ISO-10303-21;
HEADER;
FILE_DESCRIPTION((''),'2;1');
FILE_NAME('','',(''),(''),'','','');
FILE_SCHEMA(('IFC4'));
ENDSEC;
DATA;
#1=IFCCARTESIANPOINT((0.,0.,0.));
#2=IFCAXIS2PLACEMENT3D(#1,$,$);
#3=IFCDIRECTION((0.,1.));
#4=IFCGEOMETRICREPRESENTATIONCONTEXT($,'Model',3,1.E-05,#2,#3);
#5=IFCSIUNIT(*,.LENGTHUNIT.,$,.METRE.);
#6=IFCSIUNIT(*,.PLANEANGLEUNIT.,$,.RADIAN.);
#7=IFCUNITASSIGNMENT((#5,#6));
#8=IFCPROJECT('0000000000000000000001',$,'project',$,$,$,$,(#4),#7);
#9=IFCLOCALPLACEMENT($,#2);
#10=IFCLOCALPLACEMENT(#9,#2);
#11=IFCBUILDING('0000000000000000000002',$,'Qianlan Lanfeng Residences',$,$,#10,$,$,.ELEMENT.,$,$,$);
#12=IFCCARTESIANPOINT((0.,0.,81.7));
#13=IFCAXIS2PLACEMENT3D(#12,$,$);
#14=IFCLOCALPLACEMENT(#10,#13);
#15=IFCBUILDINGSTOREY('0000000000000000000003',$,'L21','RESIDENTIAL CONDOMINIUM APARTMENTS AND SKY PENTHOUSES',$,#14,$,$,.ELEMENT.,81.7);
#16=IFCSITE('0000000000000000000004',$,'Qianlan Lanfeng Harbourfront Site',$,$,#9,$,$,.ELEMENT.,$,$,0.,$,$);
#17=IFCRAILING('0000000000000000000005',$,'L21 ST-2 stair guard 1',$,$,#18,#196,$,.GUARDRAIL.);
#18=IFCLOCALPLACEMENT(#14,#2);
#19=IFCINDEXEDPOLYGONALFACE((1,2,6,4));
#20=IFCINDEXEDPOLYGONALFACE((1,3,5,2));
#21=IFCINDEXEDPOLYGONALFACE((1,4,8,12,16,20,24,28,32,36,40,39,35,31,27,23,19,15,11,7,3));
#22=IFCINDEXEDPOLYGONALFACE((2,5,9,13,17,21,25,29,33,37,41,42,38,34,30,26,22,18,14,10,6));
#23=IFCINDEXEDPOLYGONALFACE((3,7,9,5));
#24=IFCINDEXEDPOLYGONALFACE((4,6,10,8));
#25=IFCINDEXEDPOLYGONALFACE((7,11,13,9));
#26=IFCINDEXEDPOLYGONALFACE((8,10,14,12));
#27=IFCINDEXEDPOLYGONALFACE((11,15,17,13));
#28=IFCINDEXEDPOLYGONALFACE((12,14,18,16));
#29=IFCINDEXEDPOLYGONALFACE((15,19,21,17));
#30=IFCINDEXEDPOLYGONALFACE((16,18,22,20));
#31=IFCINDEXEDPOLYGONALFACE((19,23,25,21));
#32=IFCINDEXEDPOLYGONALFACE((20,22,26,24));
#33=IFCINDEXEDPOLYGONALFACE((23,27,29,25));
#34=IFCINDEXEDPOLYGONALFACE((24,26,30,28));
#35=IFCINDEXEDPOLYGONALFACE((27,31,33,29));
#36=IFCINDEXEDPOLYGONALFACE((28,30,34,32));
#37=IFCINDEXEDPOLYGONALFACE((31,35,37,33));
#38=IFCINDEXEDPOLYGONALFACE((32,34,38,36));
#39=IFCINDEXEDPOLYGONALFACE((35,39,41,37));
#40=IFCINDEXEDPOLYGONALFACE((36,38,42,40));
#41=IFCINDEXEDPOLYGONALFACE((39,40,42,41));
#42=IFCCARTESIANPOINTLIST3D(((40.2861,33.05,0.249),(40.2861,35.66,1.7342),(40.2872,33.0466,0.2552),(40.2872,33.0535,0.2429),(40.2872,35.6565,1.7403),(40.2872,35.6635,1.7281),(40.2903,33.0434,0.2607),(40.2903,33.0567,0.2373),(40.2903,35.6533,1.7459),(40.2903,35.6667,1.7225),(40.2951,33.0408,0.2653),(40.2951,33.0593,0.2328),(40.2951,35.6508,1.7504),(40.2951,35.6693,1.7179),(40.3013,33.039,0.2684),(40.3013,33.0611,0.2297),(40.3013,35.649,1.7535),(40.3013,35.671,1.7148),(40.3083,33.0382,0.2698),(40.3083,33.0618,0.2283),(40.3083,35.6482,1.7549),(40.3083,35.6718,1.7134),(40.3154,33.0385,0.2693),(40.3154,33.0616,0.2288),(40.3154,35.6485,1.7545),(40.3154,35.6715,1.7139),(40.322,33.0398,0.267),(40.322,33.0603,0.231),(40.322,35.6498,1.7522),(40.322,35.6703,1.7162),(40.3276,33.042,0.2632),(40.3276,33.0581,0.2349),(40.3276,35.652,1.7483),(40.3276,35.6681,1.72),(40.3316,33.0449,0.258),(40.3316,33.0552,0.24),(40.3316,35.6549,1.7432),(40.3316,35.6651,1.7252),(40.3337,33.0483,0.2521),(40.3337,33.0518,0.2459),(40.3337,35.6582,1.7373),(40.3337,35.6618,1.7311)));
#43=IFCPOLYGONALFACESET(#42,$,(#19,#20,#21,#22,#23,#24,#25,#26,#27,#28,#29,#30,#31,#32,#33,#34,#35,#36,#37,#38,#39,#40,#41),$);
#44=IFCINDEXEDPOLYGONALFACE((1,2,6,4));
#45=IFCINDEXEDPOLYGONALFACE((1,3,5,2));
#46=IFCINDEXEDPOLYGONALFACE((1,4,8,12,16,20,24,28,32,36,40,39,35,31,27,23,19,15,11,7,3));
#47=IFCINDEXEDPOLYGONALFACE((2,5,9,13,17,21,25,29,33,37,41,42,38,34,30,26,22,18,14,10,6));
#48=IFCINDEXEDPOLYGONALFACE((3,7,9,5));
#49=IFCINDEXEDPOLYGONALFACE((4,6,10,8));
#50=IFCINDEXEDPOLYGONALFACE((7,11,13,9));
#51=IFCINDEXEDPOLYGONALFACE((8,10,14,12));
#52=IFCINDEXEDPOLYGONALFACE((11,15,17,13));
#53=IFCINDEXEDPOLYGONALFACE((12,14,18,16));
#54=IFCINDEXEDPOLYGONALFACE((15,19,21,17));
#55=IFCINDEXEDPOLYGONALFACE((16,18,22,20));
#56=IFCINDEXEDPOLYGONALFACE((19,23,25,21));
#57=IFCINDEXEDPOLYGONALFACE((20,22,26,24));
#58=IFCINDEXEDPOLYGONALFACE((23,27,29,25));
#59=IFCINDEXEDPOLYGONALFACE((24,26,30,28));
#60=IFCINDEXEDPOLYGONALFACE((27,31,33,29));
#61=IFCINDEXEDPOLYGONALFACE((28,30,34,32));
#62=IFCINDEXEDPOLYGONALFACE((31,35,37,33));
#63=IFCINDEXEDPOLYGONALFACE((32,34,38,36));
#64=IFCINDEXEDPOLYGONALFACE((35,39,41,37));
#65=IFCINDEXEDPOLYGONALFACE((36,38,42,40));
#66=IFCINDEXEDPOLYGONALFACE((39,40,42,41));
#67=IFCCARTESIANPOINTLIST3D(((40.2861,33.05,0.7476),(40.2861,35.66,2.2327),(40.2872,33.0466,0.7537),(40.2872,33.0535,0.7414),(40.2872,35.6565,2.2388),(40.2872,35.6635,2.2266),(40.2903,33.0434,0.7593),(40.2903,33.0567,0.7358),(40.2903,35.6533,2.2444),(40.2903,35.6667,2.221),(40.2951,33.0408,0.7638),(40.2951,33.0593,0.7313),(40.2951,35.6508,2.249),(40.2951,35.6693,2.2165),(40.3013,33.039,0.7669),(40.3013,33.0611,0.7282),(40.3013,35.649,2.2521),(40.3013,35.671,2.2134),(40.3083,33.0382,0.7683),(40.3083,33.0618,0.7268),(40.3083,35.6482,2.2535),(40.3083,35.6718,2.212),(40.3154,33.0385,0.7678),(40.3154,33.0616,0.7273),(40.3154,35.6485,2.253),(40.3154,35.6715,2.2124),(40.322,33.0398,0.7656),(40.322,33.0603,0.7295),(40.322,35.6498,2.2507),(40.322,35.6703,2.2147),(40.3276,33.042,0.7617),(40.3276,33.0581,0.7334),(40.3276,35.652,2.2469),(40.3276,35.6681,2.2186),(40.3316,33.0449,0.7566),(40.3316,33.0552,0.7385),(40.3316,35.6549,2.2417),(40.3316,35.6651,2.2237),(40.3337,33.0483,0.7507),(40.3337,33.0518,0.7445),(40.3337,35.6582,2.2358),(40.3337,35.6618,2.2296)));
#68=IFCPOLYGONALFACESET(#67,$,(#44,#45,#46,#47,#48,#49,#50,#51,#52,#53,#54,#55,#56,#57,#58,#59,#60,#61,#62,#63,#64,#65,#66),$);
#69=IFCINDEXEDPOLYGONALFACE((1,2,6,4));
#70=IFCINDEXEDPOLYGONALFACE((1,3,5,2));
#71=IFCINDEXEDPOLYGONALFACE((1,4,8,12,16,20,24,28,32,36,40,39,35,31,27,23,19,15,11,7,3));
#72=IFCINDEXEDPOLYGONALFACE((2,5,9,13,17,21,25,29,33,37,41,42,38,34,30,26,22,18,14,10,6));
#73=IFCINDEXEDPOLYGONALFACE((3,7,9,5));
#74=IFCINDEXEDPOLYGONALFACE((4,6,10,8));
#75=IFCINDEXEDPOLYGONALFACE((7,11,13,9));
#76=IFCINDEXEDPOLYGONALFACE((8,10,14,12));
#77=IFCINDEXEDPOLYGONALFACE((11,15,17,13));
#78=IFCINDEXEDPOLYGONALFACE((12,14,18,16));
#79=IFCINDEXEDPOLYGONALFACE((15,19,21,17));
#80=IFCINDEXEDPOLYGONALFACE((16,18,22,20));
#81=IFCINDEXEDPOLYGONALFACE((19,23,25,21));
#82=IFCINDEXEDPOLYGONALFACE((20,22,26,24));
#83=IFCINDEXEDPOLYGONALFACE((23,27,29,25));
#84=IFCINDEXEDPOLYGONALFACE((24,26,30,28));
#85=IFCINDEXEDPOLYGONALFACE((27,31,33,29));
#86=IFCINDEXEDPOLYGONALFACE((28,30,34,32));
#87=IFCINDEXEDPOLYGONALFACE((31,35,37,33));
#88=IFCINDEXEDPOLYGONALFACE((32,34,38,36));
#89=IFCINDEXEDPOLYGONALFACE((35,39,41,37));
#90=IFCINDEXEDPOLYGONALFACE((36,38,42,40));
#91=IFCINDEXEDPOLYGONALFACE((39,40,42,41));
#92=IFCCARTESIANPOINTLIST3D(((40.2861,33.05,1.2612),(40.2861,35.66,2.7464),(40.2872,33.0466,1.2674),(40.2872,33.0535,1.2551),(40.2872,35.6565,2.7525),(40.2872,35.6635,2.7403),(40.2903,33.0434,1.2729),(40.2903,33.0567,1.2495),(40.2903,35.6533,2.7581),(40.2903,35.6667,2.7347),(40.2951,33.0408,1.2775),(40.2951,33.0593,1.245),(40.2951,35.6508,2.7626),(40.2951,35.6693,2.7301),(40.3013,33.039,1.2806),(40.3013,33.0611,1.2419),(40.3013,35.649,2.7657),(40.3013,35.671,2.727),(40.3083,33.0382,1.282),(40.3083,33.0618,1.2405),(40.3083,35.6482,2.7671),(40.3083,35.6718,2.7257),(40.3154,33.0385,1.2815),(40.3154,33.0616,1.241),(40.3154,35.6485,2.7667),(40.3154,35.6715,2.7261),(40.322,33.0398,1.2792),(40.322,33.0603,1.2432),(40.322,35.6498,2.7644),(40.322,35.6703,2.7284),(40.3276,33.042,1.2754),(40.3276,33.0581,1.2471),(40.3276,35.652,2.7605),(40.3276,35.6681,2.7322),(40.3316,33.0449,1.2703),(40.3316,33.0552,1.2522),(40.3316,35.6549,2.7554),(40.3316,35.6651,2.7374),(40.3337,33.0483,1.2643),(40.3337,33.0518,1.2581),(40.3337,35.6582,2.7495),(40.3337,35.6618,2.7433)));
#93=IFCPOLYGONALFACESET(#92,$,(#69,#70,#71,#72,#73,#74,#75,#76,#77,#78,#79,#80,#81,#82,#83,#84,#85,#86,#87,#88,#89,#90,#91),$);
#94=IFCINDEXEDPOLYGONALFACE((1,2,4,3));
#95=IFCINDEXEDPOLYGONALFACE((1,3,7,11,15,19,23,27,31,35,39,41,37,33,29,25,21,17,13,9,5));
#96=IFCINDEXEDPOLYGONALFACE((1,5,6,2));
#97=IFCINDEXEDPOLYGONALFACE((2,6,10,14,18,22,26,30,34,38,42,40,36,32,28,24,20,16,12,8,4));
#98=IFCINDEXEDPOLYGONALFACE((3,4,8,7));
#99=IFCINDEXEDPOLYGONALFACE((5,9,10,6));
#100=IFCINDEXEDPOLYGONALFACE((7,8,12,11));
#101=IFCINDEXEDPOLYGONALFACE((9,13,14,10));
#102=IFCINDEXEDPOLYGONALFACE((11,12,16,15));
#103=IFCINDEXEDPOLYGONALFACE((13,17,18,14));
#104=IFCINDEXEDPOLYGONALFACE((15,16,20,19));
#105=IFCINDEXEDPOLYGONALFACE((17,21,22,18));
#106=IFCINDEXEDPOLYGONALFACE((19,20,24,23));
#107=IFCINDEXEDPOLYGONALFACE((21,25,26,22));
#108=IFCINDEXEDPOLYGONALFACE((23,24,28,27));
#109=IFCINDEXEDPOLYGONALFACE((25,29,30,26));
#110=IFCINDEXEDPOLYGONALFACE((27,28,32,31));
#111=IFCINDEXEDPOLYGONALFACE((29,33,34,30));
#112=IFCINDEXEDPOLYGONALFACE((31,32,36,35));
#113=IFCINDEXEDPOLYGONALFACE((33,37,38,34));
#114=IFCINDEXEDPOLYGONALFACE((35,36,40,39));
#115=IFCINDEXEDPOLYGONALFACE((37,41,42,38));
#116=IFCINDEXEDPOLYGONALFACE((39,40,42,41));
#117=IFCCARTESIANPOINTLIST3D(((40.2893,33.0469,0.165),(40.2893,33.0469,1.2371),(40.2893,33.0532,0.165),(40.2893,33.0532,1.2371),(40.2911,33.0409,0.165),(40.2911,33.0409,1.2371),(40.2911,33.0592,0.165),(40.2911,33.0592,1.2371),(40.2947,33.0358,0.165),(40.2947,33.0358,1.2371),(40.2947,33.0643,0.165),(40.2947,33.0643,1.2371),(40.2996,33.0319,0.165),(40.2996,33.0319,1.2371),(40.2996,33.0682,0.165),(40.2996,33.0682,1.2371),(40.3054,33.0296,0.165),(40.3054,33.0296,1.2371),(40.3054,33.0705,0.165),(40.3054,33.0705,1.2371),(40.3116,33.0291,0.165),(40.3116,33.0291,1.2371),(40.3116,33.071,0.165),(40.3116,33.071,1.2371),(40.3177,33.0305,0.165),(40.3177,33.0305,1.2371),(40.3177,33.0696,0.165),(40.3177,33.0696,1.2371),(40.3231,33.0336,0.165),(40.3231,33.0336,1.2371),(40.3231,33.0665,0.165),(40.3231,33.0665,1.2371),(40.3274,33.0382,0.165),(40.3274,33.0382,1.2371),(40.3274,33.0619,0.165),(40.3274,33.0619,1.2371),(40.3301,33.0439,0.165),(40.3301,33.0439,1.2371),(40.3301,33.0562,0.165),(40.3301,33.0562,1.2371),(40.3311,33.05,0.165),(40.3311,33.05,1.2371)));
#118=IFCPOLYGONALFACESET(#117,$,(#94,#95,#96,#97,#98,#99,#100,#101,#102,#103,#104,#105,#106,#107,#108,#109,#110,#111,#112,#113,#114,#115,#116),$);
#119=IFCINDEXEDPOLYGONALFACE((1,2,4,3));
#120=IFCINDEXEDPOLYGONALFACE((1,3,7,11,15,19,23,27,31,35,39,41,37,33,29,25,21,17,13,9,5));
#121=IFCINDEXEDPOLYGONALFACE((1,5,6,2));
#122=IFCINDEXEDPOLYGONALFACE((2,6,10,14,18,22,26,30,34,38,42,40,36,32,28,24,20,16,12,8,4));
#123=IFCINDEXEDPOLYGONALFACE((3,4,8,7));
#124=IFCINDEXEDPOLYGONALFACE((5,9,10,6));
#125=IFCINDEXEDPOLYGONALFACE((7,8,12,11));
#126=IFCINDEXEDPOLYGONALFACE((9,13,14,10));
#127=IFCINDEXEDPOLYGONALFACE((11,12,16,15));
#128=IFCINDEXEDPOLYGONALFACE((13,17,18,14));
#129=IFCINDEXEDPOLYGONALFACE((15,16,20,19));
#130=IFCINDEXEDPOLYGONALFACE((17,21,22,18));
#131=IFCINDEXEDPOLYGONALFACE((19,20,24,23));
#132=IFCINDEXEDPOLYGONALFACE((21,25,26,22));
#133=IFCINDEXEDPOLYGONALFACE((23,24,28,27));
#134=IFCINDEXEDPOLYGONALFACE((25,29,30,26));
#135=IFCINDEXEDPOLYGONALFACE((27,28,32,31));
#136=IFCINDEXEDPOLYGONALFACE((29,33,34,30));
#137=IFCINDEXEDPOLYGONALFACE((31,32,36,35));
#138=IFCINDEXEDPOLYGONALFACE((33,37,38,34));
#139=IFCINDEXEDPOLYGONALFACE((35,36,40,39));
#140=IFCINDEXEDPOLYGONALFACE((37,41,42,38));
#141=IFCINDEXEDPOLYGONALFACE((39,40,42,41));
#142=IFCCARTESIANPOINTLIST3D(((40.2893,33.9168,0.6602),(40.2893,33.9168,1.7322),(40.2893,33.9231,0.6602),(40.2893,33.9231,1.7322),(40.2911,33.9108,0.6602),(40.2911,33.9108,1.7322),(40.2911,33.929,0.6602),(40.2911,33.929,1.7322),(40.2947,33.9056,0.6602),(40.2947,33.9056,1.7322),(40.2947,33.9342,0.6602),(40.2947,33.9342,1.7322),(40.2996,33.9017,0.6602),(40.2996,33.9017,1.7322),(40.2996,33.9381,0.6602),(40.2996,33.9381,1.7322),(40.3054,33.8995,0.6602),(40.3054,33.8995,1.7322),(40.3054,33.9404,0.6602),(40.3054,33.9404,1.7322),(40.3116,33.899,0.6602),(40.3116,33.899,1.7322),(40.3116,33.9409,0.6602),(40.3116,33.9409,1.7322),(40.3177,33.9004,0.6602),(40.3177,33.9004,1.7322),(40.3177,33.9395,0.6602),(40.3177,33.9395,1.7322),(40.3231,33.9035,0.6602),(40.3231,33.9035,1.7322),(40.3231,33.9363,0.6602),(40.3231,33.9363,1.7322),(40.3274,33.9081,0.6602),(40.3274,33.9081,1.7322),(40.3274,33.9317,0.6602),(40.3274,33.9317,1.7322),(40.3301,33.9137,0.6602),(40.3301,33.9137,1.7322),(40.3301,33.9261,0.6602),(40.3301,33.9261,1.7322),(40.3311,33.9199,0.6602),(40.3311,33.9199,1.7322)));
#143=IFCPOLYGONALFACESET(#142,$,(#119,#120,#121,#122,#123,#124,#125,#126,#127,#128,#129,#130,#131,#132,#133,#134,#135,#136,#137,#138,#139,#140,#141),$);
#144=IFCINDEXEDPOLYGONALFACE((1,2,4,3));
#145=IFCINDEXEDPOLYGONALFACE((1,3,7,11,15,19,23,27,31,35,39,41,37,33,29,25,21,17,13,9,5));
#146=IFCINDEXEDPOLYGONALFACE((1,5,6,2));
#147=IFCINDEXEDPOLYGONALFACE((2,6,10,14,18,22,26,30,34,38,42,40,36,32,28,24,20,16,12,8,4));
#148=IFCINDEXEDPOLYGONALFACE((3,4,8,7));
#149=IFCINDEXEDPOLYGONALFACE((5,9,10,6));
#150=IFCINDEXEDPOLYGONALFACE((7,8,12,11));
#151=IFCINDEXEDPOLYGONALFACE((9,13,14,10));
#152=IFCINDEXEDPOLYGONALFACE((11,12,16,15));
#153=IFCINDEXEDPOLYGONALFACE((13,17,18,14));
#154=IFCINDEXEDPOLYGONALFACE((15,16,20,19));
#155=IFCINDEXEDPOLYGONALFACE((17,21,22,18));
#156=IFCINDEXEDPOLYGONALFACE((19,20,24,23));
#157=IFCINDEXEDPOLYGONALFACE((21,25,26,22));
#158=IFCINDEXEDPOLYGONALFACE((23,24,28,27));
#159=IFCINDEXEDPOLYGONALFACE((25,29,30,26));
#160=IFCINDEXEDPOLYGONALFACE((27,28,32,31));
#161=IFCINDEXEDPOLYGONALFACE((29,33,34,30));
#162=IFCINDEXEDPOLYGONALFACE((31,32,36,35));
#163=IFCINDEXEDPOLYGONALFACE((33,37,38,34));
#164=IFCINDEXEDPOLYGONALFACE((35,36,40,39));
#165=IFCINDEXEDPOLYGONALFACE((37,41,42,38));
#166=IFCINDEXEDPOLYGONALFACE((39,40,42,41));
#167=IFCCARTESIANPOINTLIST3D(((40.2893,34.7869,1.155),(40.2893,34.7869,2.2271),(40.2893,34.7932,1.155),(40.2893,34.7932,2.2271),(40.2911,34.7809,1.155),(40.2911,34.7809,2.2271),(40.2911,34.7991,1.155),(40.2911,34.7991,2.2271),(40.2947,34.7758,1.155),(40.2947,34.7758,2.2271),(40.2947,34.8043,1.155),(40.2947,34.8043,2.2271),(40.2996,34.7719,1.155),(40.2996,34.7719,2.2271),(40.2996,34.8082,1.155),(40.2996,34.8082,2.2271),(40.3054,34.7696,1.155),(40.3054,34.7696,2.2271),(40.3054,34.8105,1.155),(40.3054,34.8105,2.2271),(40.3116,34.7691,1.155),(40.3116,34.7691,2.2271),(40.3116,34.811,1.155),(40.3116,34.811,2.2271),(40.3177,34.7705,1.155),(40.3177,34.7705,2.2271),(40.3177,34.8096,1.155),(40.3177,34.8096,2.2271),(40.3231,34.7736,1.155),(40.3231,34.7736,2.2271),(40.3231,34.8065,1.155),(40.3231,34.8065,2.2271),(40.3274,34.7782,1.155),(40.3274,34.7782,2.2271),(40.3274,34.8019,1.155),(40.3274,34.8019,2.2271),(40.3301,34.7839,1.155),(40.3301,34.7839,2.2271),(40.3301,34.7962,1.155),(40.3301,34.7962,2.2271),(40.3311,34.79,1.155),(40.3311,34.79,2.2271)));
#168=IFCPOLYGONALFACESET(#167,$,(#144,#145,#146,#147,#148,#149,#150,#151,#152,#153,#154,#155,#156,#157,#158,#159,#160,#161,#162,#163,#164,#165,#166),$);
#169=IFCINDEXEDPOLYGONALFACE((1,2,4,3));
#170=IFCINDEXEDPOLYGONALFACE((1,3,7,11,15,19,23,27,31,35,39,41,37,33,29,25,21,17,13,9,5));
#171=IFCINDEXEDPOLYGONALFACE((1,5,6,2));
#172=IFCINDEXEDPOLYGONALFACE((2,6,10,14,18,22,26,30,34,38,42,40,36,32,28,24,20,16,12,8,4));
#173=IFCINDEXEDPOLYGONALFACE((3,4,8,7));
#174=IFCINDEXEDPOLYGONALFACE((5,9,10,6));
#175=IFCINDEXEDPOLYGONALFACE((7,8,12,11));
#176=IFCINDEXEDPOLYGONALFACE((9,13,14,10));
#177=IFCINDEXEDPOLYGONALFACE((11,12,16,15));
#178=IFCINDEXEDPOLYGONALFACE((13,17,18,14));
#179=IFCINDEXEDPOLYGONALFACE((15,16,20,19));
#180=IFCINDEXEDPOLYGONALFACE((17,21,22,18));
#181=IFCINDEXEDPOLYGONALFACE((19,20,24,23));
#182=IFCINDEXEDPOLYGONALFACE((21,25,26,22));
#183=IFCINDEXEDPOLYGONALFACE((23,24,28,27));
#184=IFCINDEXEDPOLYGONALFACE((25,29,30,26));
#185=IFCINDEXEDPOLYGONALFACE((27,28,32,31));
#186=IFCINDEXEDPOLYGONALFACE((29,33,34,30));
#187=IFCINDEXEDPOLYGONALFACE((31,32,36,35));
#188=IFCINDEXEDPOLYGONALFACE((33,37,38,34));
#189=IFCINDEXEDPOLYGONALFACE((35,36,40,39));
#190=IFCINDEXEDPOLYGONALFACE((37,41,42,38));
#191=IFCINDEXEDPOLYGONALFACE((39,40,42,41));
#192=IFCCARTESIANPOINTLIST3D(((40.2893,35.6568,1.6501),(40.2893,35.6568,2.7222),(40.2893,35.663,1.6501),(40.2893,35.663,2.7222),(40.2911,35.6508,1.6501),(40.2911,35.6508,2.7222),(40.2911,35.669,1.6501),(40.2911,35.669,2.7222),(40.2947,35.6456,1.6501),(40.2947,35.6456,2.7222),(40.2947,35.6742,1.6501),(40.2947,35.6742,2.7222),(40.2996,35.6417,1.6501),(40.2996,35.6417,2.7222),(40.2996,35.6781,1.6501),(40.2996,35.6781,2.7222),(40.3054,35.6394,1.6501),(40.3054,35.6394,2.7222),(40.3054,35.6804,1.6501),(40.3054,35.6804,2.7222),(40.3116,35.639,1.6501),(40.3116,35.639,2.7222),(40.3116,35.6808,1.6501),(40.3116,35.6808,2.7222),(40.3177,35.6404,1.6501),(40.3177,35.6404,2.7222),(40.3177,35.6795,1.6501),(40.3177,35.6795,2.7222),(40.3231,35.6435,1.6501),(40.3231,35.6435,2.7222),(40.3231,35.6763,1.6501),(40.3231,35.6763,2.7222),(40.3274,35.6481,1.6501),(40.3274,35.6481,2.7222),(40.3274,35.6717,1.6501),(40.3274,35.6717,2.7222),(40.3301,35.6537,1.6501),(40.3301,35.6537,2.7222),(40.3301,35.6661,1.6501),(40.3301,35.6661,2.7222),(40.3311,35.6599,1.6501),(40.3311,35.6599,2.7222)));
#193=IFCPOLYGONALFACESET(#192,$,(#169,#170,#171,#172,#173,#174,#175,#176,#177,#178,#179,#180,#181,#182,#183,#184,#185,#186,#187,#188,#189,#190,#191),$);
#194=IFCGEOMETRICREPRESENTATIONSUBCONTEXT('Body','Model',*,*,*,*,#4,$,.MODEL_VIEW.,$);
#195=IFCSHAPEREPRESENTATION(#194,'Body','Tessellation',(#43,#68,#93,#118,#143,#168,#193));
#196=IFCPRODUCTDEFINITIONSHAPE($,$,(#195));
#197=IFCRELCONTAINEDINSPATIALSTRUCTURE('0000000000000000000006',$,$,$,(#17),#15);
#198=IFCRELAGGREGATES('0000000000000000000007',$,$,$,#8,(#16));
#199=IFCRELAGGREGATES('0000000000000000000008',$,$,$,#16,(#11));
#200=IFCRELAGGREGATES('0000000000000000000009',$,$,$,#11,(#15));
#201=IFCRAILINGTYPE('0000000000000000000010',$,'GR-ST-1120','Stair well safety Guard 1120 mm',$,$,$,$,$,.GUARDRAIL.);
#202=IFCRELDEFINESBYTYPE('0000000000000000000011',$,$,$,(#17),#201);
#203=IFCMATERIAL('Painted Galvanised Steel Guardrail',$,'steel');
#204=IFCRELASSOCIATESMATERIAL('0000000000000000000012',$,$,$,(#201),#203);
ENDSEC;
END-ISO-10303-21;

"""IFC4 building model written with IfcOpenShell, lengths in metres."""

from ifc_helpers import new_model, si_unit, direction, frame, origin, origin_2d, place, context, subcontext, project, spatial, circle, extrude, material, type_object, element, save


model = new_model("IFC4")

# Units and contexts
model_context = context("Model", 3, precision=1e-05, world=origin(), true_north=direction((0.0, 1.0)))
body_context = subcontext(model_context, "Body", "Model", "MODEL_VIEW")
ifc_project = project(units=[si_unit("LENGTHUNIT", "METRE"), si_unit("PLANEANGLEUNIT", "RADIAN")], contexts=[model_context])

# Site, building, storey
site_placement = place(None, origin())
site = spatial("IfcSite", under=ifc_project, at=site_placement, Name="Qianlan Lanfeng Harbourfront Site", CompositionType="ELEMENT", RefElevation=0.0)
building_placement = place(site_placement, origin())
building = spatial("IfcBuilding", under=site, at=building_placement, Name="Qianlan Lanfeng Residences", CompositionType="ELEMENT")
storey_placement = place(building_placement, frame((0.0, 0.0, 81.7)))
storey = spatial("IfcBuildingStorey", under=building, at=storey_placement, Name="L21", Description="RESIDENTIAL CONDOMINIUM APARTMENTS AND SKY PENTHOUSES", CompositionType="ELEMENT", Elevation=81.7)

# Railing
ifc_material_1 = material(Name="Painted Galvanised Steel Guardrail", Category="steel")
railing_type_1 = type_object("IfcRailingType", Name="GR-ST-1120", Description="Stair well safety Guard 1120 mm", PredefinedType="GUARDRAIL", material=ifc_material_1)
railing_1_placement = place(storey_placement, frame((40.3101, 33.05, 0.165)))
element("IfcRailing", 1, at=railing_1_placement, inside=storey, type_object=railing_type_1, Name="L21 ST-2 stair guard 1", PredefinedType="GUARDRAIL", context=body_context, shape_type="SweptSolid", body=[
    extrude(circle(Radius=0.0239, at=origin_2d()), frame((0.0, 0.0, 0.084), z_axis=(0.0, 0.869137, 0.494571), x_axis=(-1.0, 0.0, 0.0)), (0.0, 0.0, 1.0), 3.0029),
    extrude(circle(Radius=0.0239, at=origin_2d()), frame((0.0, 0.0, 0.5825), z_axis=(0.0, 0.869137, 0.494571), x_axis=(-1.0, 0.0, 0.0)), (0.0, 0.0, 1.0), 3.0029),
    extrude(circle(Radius=0.0239, at=origin_2d()), frame((0.0, 0.0, 1.0962), z_axis=(0.0, 0.869137, 0.494571), x_axis=(-1.0, 0.0, 0.0)), (0.0, 0.0, 1.0), 3.0029),
    extrude(circle(Radius=0.021, at=origin_2d()), origin(), (0.0, 0.0, 1.0), 1.072),
    extrude(circle(Radius=0.021, at=origin_2d()), frame((0.0, 0.8699, 0.4951)), (0.0, 0.0, 1.0), 1.072),
    extrude(circle(Radius=0.021, at=origin_2d()), frame((0.0, 1.74, 0.99)), (0.0, 0.0, 1.0), 1.072),
    extrude(circle(Radius=0.021, at=origin_2d()), frame((0.0, 2.6099, 1.4851)), (0.0, 0.0, 1.0), 1.072),
])

save(model, "model.ifc")
